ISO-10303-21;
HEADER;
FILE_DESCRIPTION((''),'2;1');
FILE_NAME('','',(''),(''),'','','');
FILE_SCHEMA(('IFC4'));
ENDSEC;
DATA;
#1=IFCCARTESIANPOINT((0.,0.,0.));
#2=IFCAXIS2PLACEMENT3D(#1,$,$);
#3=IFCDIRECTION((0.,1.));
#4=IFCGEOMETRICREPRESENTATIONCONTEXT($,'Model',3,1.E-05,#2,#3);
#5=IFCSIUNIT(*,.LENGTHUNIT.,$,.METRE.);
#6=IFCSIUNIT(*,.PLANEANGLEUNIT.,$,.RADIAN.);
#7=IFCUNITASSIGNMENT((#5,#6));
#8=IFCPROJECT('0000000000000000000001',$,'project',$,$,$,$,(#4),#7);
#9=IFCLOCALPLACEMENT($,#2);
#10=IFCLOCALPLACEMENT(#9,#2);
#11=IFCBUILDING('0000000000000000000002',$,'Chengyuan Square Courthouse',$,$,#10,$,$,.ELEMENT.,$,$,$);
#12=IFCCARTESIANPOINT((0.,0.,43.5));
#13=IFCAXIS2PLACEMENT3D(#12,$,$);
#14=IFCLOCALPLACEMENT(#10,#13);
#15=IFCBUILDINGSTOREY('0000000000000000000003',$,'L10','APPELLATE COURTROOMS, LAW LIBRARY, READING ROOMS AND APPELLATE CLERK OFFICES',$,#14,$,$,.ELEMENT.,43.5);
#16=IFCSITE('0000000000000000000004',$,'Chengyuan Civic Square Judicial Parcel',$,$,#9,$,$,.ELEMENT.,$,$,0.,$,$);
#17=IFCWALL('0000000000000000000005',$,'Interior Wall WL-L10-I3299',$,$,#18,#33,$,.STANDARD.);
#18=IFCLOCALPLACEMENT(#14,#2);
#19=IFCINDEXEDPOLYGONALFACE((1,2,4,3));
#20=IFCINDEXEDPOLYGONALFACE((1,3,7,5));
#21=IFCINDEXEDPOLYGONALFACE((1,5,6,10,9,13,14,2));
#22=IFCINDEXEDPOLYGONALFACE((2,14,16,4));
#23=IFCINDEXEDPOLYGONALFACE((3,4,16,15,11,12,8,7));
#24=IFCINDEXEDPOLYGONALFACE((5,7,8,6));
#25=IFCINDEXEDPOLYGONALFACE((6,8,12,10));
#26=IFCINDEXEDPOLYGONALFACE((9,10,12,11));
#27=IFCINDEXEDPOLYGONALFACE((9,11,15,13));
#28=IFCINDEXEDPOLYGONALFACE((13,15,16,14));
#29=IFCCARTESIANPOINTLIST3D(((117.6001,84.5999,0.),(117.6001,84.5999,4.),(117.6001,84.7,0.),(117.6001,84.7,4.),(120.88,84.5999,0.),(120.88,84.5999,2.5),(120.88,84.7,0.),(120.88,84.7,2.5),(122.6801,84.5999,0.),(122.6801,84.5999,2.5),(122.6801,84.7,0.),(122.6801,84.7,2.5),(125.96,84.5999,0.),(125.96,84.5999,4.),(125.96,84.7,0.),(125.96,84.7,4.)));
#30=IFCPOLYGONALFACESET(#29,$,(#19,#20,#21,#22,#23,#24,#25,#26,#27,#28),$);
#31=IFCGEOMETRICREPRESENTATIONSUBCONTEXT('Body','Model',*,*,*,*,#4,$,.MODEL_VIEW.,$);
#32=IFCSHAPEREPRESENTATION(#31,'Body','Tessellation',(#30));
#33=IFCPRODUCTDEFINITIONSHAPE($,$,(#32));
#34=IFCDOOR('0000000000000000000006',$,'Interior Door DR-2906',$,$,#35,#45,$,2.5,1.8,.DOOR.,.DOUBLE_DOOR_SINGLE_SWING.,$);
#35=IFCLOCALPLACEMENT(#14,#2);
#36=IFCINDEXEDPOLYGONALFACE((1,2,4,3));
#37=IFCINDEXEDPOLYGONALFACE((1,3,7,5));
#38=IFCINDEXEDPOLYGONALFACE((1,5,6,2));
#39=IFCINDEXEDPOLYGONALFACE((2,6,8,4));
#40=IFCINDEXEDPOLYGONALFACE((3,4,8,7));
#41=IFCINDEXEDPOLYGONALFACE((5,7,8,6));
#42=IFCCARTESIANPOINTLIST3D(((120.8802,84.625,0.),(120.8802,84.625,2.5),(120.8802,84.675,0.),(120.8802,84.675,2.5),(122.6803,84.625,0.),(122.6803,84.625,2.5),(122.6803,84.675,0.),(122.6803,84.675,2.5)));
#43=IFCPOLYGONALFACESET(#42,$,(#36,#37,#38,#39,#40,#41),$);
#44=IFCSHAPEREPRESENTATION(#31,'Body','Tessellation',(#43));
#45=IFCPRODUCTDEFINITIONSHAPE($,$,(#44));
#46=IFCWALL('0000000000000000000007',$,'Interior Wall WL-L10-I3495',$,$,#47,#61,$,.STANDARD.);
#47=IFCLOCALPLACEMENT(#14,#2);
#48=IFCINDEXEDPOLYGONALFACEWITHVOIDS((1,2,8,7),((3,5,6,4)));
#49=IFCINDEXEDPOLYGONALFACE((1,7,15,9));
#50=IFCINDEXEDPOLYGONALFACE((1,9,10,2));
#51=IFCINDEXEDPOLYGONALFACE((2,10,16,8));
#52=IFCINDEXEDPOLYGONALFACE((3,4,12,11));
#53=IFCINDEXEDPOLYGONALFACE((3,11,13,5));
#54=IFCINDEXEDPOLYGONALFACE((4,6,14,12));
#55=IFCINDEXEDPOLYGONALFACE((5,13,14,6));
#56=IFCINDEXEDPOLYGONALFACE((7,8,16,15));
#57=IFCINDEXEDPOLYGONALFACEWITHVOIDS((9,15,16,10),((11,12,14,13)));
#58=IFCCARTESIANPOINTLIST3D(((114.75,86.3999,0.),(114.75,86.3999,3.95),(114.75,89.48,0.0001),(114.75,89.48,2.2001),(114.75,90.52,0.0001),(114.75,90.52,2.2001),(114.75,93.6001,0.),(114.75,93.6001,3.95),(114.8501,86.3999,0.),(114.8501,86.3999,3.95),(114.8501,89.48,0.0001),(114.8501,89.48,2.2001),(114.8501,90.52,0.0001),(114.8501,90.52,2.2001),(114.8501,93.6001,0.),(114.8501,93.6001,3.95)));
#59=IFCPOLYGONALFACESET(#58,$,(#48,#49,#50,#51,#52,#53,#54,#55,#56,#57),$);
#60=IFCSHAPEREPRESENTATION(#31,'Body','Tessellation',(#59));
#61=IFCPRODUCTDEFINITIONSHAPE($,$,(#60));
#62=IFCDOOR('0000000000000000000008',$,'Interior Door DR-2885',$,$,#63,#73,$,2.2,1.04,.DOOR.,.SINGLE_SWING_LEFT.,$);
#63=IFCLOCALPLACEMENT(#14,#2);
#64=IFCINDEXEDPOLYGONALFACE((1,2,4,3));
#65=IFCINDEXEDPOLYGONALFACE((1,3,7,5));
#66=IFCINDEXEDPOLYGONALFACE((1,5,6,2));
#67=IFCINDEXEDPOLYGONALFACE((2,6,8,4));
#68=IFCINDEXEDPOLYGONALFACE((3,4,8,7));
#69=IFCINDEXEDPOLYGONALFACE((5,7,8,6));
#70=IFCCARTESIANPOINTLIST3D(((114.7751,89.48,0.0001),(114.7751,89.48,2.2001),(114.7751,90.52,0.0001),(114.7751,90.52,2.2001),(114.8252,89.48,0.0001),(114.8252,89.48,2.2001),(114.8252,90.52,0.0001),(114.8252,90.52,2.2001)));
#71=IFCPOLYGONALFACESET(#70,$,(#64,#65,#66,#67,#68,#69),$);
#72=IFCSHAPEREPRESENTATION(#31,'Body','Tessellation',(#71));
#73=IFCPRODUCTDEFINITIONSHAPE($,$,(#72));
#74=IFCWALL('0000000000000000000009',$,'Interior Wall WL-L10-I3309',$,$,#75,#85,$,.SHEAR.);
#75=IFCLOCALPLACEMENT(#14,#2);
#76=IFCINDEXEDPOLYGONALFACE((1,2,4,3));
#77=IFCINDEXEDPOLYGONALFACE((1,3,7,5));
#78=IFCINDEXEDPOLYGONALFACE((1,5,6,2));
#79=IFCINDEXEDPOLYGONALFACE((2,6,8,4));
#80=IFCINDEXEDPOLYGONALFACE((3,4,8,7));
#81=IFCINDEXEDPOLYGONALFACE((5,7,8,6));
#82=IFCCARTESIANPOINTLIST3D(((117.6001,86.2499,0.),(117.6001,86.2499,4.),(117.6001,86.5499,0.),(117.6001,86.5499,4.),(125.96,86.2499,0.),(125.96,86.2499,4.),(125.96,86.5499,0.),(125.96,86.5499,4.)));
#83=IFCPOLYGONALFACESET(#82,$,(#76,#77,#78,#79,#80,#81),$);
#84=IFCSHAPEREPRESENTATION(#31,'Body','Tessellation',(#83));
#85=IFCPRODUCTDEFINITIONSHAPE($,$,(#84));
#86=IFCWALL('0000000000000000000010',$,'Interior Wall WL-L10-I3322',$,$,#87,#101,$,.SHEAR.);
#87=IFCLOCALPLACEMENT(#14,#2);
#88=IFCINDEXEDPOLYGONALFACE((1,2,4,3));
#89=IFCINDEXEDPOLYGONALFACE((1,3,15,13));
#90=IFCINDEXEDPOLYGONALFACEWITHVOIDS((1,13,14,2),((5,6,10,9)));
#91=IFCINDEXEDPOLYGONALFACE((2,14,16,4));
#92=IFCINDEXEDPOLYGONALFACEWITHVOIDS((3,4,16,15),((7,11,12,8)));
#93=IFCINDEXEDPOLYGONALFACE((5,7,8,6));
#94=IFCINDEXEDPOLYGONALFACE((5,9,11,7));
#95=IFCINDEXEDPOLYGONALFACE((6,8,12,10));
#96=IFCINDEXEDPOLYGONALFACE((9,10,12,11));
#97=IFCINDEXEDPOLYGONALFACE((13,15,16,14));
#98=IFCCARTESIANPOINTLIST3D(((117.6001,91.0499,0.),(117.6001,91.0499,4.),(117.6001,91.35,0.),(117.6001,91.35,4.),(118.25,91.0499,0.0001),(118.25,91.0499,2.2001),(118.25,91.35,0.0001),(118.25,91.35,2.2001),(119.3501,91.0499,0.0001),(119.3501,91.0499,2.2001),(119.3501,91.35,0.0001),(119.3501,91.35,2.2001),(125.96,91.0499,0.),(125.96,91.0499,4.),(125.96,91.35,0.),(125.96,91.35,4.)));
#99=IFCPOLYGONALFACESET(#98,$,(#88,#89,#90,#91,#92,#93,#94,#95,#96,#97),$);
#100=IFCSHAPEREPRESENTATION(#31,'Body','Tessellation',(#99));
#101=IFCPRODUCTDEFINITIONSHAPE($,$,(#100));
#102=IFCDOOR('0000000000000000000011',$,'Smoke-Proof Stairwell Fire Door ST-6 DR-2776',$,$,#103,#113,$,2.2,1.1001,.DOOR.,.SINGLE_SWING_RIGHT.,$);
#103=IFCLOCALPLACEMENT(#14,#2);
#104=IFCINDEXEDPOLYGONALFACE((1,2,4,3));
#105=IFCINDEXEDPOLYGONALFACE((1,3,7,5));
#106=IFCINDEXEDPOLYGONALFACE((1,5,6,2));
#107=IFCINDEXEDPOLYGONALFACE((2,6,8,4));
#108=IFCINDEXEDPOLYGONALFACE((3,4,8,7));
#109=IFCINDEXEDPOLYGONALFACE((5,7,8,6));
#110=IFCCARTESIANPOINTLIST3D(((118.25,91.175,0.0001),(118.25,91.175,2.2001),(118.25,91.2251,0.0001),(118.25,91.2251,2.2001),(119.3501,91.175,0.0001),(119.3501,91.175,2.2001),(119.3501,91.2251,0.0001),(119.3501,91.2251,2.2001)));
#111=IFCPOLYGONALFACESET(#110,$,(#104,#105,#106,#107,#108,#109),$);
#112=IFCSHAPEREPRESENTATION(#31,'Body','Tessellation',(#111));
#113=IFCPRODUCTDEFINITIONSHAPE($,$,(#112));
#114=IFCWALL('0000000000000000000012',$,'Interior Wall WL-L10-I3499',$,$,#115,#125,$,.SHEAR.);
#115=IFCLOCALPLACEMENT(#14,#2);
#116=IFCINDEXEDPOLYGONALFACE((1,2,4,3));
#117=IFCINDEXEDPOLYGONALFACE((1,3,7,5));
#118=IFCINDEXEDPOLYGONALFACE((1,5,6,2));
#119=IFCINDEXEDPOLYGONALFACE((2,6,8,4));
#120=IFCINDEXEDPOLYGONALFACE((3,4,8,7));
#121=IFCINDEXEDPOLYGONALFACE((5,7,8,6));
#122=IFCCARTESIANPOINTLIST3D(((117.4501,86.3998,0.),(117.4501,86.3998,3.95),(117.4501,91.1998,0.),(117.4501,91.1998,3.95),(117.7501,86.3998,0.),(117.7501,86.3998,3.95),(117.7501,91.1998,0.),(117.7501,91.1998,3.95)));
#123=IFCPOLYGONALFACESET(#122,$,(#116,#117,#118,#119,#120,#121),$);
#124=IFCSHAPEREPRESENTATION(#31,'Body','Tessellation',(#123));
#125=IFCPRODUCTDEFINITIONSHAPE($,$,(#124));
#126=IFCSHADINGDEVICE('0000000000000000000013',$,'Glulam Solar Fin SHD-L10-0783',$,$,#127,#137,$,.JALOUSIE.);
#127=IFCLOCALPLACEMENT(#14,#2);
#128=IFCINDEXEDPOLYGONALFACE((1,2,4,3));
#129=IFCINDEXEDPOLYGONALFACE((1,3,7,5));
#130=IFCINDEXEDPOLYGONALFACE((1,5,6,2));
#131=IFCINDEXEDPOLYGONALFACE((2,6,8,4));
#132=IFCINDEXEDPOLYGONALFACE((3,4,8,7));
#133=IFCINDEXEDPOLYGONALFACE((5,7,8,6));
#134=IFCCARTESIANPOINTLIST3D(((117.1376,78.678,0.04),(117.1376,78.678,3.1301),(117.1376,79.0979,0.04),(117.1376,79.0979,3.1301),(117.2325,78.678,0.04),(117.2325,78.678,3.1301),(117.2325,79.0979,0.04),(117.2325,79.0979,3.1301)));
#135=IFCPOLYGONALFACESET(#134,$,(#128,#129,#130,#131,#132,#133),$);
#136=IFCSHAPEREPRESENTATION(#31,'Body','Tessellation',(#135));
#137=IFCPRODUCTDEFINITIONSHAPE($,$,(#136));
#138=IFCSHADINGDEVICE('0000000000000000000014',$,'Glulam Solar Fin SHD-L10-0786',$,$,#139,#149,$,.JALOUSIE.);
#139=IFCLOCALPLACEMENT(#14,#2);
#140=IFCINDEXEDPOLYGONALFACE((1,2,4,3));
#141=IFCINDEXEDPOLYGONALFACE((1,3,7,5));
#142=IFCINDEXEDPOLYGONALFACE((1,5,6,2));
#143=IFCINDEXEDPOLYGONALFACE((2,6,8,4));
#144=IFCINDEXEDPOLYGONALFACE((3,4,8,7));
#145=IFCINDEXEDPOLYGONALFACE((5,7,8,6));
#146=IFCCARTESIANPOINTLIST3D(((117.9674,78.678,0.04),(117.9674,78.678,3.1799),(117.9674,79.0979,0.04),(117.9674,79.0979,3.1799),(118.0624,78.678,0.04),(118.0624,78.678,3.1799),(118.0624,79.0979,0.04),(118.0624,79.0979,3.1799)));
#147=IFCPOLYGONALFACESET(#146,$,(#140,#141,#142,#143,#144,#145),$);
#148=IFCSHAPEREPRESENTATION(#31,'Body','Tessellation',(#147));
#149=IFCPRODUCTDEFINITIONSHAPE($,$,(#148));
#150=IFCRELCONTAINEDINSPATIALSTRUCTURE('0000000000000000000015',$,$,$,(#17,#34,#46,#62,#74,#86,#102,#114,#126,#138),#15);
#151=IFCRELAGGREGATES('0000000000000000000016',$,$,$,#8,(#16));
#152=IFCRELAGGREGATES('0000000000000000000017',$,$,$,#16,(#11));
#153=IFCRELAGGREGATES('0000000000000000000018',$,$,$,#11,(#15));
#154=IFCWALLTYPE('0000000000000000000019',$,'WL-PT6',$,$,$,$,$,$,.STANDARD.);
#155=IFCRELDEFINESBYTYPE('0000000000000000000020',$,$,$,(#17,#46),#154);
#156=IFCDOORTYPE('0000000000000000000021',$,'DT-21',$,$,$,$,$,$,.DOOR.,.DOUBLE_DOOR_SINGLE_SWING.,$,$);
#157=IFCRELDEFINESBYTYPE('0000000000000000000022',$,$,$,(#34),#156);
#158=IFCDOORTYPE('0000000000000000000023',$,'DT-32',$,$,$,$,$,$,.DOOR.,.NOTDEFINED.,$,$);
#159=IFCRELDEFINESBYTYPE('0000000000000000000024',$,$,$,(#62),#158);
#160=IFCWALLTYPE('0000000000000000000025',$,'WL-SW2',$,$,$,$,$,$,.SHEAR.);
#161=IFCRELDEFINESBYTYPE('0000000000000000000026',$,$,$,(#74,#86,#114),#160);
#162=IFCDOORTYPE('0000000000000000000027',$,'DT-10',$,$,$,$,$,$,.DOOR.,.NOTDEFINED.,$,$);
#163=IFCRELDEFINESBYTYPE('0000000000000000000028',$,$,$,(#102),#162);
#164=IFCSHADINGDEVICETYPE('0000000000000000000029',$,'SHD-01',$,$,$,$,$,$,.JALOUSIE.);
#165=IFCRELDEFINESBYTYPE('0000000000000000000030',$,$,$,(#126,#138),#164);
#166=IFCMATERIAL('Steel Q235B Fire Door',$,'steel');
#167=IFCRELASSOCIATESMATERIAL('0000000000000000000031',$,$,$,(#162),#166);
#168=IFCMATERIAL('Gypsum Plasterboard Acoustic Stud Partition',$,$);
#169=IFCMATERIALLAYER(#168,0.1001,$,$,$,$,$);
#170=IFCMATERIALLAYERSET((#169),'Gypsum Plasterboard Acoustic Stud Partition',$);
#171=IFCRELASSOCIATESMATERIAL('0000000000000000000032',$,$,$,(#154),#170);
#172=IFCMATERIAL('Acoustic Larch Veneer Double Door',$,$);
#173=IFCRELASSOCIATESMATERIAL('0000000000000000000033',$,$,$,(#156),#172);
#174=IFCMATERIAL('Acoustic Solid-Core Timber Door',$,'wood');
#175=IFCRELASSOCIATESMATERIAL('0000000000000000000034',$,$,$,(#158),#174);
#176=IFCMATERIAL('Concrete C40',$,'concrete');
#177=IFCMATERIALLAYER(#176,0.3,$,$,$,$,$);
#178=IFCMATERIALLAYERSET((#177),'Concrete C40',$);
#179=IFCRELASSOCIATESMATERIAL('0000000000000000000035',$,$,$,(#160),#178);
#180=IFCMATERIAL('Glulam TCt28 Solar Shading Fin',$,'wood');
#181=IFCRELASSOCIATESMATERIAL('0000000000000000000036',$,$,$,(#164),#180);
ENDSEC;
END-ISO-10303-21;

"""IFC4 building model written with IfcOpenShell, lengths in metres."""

from ifc_helpers import new_model, si_unit, direction, frame, frame_2d, origin, origin_2d, place, context, subcontext, project, spatial, rectangle, extrude, material, layer, layer_set, type_object, element, fill, save


model = new_model("IFC4")

# Units and contexts
model_context = context("Model", 3, precision=1e-05, world=origin(), true_north=direction((0.0, 1.0)))
body_context = subcontext(model_context, "Body", "Model", "MODEL_VIEW")
ifc_project = project(units=[si_unit("LENGTHUNIT", "METRE"), si_unit("PLANEANGLEUNIT", "RADIAN")], contexts=[model_context])

# Site, building, storey
site_placement = place(None, origin())
site = spatial("IfcSite", under=ifc_project, at=site_placement, Name="Chengyuan Civic Square Judicial Parcel", CompositionType="ELEMENT", RefElevation=0.0)
building_placement = place(site_placement, origin())
building = spatial("IfcBuilding", under=site, at=building_placement, Name="Chengyuan Square Courthouse", CompositionType="ELEMENT")
storey_placement = place(building_placement, frame((0.0, 0.0, 43.5)))
storey = spatial("IfcBuildingStorey", under=building, at=storey_placement, Name="L10", Description="APPELLATE COURTROOMS, LAW LIBRARY, READING ROOMS AND APPELLATE CLERK OFFICES", CompositionType="ELEMENT", Elevation=43.5)

# Shared definitions
ifc_material_1 = material(Name="Concrete C40", Category="concrete")

# Shared definitions
ifc_material_2 = material(Name="Steel Q235B Fire Door", Category="steel")
door_type_1 = type_object("IfcDoorType", Name="DT-10", OperationType="NOTDEFINED", PredefinedType="DOOR", material=ifc_material_2)

# Walls, openings, doors
ifc_material_3 = material(Name="Gypsum Plasterboard Acoustic Stud Partition")
ifc_layer_1 = layer(ifc_material_3, 0.1001)
ifc_layer_set_1 = layer_set([ifc_layer_1], Name="Gypsum Plasterboard Acoustic Stud Partition")
wall_type_1 = type_object("IfcWallType", Name="WL-PT6", PredefinedType="STANDARD", material=ifc_layer_set_1)
wall_1_placement = place(storey_placement, frame((117.6001, 84.6499, 0.0), z_axis=(0.0, 0.0, 1.0), x_axis=(1.0, 0.0, 0.0)))
wall_1 = element("IfcWall", 1, at=wall_1_placement, inside=storey, type_object=wall_type_1, Name="Interior Wall WL-L10-I3299", PredefinedType="STANDARD", context=body_context, shape_type="SweptSolid", body=[
    extrude(rectangle(XDim=8.3599, YDim=0.1001, at=frame_2d((4.1799, 0.0))), origin(), (0.0, 0.0, 1.0), 4.0),
])
opening_1_placement = place(wall_1_placement, frame((3.28, 0.0, 0.0)))
opening_1 = element("IfcOpeningElement", 2, at=opening_1_placement, cuts=wall_1, PredefinedType="OPENING", context=body_context, shape_type="SweptSolid", body=[
    extrude(rectangle(XDim=1.8, YDim=2.5, at=frame_2d((0.8999, 1.25))), frame((0.0, 0.062, 0.0), z_axis=(0.0, -1.0, 0.0), x_axis=(1.0, 0.0, 0.0)), (0.0, 0.0, 1.0), 0.124),
])
ifc_material_4 = material(Name="Acoustic Larch Veneer Double Door")
door_type_2 = type_object("IfcDoorType", Name="DT-21", OperationType="DOUBLE_DOOR_SINGLE_SWING", PredefinedType="DOOR", material=ifc_material_4)
door_1_placement = place(opening_1_placement, frame((1.8, 0.0, 0.0), z_axis=(0.0, 0.0, 1.0), x_axis=(-1.0, 0.0, 0.0)))
door_1 = element("IfcDoor", 3, at=door_1_placement, inside=storey, type_object=door_type_2, Name="Interior Door DR-2906", OperationType="DOUBLE_DOOR_SINGLE_SWING", OverallHeight=2.5, OverallWidth=1.8, PredefinedType="DOOR", context=body_context, shape_type="SweptSolid", body=[
    extrude(rectangle(XDim=1.8, YDim=2.5, at=frame_2d((0.8999, 1.25))), frame((0.0, 0.0249, 0.0), z_axis=(0.0, -1.0, 0.0), x_axis=(1.0, 0.0, 0.0)), (0.0, 0.0, 1.0), 0.05),
])
fill(opening_1, door_1)
wall_2_placement = place(storey_placement, frame((114.8, 86.3999, 0.0), z_axis=(0.0, 0.0, 1.0), x_axis=(0.0, 1.0, 0.0)))
wall_2 = element("IfcWall", 4, at=wall_2_placement, inside=storey, type_object=wall_type_1, Name="Interior Wall WL-L10-I3495", PredefinedType="STANDARD", context=body_context, shape_type="SweptSolid", body=[
    extrude(rectangle(XDim=7.2002, YDim=0.1001, at=frame_2d((3.6001, 0.0))), origin(), (0.0, 0.0, 1.0), 3.95),
])
opening_2_placement = place(wall_2_placement, frame((3.0801, 0.0, 0.0)))
opening_2 = element("IfcOpeningElement", 5, at=opening_2_placement, cuts=wall_2, PredefinedType="OPENING", context=body_context, shape_type="SweptSolid", body=[
    extrude(rectangle(XDim=1.04, YDim=2.2, at=frame_2d((0.52, 1.1001))), frame((0.0, 0.062, 0.0), z_axis=(0.0, -1.0, 0.0), x_axis=(1.0, 0.0, 0.0)), (0.0, 0.0, 1.0), 0.124),
])
ifc_material_5 = material(Name="Acoustic Solid-Core Timber Door", Category="wood")
door_type_3 = type_object("IfcDoorType", Name="DT-32", OperationType="NOTDEFINED", PredefinedType="DOOR", material=ifc_material_5)
door_2_placement = place(opening_2_placement, origin())
door_2 = element("IfcDoor", 6, at=door_2_placement, inside=storey, type_object=door_type_3, Name="Interior Door DR-2885", OperationType="SINGLE_SWING_LEFT", OverallHeight=2.2, OverallWidth=1.04, PredefinedType="DOOR", context=body_context, shape_type="SweptSolid", body=[
    extrude(rectangle(XDim=1.04, YDim=2.2, at=frame_2d((0.52, 1.1001))), frame((0.0, 0.0249, 0.0), z_axis=(0.0, -1.0, 0.0), x_axis=(1.0, 0.0, 0.0)), (0.0, 0.0, 1.0), 0.05),
])
fill(opening_2, door_2)

# Wall
ifc_layer_2 = layer(ifc_material_1, 0.3)
ifc_layer_set_2 = layer_set([ifc_layer_2], Name="Concrete C40")
wall_type_2 = type_object("IfcWallType", Name="WL-SW2", PredefinedType="SHEAR", material=ifc_layer_set_2)
wall_3_placement = place(storey_placement, frame((117.6001, 86.3999, 0.0), z_axis=(0.0, 0.0, 1.0), x_axis=(1.0, 0.0, 0.0)))
element("IfcWall", 7, at=wall_3_placement, inside=storey, type_object=wall_type_2, Name="Interior Wall WL-L10-I3309", PredefinedType="SHEAR", context=body_context, shape_type="SweptSolid", body=[
    extrude(rectangle(XDim=8.3599, YDim=0.3, at=frame_2d((4.1799, 0.0))), origin(), (0.0, 0.0, 1.0), 4.0),
])

# Wall, opening, door
wall_4_placement = place(storey_placement, frame((117.6001, 91.2, 0.0), z_axis=(0.0, 0.0, 1.0), x_axis=(1.0, 0.0, 0.0)))
wall_4 = element("IfcWall", 8, at=wall_4_placement, inside=storey, type_object=wall_type_2, Name="Interior Wall WL-L10-I3322", PredefinedType="SHEAR", context=body_context, shape_type="SweptSolid", body=[
    extrude(rectangle(XDim=8.3599, YDim=0.3, at=frame_2d((4.1799, 0.0))), origin(), (0.0, 0.0, 1.0), 4.0),
])
opening_3_placement = place(wall_4_placement, frame((0.6499, 0.0, 0.0)))
opening_3 = element("IfcOpeningElement", 9, at=opening_3_placement, cuts=wall_4, PredefinedType="OPENING", context=body_context, shape_type="SweptSolid", body=[
    extrude(rectangle(XDim=1.1001, YDim=2.2, at=frame_2d((0.55, 1.1001))), frame((0.0, 0.1621, 0.0), z_axis=(0.0, -1.0, 0.0), x_axis=(1.0, 0.0, 0.0)), (0.0, 0.0, 1.0), 0.324),
])
door_3_placement = place(opening_3_placement, frame((1.1001, 0.0, 0.0), z_axis=(0.0, 0.0, 1.0), x_axis=(-1.0, 0.0, 0.0)))
door_3 = element("IfcDoor", 10, at=door_3_placement, inside=storey, type_object=door_type_1, Name="Smoke-Proof Stairwell Fire Door ST-6 DR-2776", OperationType="SINGLE_SWING_RIGHT", OverallHeight=2.2, OverallWidth=1.1001, PredefinedType="DOOR", context=body_context, shape_type="SweptSolid", body=[
    extrude(rectangle(XDim=1.1001, YDim=2.2, at=frame_2d((0.55, 1.1001))), frame((0.0, 0.0249, 0.0), z_axis=(0.0, -1.0, 0.0), x_axis=(1.0, 0.0, 0.0)), (0.0, 0.0, 1.0), 0.05),
])
fill(opening_3, door_3)

# Wall
wall_5_placement = place(storey_placement, frame((117.6001, 86.3999, 0.0), z_axis=(0.0, 0.0, 1.0), x_axis=(0.0, 1.0, 0.0)))
element("IfcWall", 11, at=wall_5_placement, inside=storey, type_object=wall_type_2, Name="Interior Wall WL-L10-I3499", PredefinedType="SHEAR", context=body_context, shape_type="SweptSolid", body=[
    extrude(rectangle(XDim=4.8, YDim=0.3, at=frame_2d((2.3999, 0.0))), origin(), (0.0, 0.0, 1.0), 3.95),
])

# Shading devices
ifc_material_6 = material(Name="Glulam TCt28 Solar Shading Fin", Category="wood")
shading_device_type = type_object("IfcShadingDeviceType", Name="SHD-01", PredefinedType="JALOUSIE", material=ifc_material_6)
shading_device_1_placement = place(storey_placement, frame((117.1851, 78.8879, 0.04), z_axis=(0.0, 0.0, 1.0), x_axis=(0.0, 1.0, 0.0)))
element("IfcShadingDevice", 12, at=shading_device_1_placement, inside=storey, type_object=shading_device_type, Name="Glulam Solar Fin SHD-L10-0783", PredefinedType="JALOUSIE", context=body_context, shape_type="SweptSolid", body=[
    extrude(rectangle(XDim=0.4199, YDim=0.095, at=origin_2d()), origin(), (0.0, 0.0, 1.0), 3.0901),
])
shading_device_2_placement = place(storey_placement, frame((118.0149, 78.8879, 0.04), z_axis=(0.0, 0.0, 1.0), x_axis=(0.0, 1.0, 0.0)))
element("IfcShadingDevice", 13, at=shading_device_2_placement, inside=storey, type_object=shading_device_type, Name="Glulam Solar Fin SHD-L10-0786", PredefinedType="JALOUSIE", context=body_context, shape_type="SweptSolid", body=[
    extrude(rectangle(XDim=0.4199, YDim=0.095, at=origin_2d()), origin(), (0.0, 0.0, 1.0), 3.1399),
])

save(model, "model.ifc")
